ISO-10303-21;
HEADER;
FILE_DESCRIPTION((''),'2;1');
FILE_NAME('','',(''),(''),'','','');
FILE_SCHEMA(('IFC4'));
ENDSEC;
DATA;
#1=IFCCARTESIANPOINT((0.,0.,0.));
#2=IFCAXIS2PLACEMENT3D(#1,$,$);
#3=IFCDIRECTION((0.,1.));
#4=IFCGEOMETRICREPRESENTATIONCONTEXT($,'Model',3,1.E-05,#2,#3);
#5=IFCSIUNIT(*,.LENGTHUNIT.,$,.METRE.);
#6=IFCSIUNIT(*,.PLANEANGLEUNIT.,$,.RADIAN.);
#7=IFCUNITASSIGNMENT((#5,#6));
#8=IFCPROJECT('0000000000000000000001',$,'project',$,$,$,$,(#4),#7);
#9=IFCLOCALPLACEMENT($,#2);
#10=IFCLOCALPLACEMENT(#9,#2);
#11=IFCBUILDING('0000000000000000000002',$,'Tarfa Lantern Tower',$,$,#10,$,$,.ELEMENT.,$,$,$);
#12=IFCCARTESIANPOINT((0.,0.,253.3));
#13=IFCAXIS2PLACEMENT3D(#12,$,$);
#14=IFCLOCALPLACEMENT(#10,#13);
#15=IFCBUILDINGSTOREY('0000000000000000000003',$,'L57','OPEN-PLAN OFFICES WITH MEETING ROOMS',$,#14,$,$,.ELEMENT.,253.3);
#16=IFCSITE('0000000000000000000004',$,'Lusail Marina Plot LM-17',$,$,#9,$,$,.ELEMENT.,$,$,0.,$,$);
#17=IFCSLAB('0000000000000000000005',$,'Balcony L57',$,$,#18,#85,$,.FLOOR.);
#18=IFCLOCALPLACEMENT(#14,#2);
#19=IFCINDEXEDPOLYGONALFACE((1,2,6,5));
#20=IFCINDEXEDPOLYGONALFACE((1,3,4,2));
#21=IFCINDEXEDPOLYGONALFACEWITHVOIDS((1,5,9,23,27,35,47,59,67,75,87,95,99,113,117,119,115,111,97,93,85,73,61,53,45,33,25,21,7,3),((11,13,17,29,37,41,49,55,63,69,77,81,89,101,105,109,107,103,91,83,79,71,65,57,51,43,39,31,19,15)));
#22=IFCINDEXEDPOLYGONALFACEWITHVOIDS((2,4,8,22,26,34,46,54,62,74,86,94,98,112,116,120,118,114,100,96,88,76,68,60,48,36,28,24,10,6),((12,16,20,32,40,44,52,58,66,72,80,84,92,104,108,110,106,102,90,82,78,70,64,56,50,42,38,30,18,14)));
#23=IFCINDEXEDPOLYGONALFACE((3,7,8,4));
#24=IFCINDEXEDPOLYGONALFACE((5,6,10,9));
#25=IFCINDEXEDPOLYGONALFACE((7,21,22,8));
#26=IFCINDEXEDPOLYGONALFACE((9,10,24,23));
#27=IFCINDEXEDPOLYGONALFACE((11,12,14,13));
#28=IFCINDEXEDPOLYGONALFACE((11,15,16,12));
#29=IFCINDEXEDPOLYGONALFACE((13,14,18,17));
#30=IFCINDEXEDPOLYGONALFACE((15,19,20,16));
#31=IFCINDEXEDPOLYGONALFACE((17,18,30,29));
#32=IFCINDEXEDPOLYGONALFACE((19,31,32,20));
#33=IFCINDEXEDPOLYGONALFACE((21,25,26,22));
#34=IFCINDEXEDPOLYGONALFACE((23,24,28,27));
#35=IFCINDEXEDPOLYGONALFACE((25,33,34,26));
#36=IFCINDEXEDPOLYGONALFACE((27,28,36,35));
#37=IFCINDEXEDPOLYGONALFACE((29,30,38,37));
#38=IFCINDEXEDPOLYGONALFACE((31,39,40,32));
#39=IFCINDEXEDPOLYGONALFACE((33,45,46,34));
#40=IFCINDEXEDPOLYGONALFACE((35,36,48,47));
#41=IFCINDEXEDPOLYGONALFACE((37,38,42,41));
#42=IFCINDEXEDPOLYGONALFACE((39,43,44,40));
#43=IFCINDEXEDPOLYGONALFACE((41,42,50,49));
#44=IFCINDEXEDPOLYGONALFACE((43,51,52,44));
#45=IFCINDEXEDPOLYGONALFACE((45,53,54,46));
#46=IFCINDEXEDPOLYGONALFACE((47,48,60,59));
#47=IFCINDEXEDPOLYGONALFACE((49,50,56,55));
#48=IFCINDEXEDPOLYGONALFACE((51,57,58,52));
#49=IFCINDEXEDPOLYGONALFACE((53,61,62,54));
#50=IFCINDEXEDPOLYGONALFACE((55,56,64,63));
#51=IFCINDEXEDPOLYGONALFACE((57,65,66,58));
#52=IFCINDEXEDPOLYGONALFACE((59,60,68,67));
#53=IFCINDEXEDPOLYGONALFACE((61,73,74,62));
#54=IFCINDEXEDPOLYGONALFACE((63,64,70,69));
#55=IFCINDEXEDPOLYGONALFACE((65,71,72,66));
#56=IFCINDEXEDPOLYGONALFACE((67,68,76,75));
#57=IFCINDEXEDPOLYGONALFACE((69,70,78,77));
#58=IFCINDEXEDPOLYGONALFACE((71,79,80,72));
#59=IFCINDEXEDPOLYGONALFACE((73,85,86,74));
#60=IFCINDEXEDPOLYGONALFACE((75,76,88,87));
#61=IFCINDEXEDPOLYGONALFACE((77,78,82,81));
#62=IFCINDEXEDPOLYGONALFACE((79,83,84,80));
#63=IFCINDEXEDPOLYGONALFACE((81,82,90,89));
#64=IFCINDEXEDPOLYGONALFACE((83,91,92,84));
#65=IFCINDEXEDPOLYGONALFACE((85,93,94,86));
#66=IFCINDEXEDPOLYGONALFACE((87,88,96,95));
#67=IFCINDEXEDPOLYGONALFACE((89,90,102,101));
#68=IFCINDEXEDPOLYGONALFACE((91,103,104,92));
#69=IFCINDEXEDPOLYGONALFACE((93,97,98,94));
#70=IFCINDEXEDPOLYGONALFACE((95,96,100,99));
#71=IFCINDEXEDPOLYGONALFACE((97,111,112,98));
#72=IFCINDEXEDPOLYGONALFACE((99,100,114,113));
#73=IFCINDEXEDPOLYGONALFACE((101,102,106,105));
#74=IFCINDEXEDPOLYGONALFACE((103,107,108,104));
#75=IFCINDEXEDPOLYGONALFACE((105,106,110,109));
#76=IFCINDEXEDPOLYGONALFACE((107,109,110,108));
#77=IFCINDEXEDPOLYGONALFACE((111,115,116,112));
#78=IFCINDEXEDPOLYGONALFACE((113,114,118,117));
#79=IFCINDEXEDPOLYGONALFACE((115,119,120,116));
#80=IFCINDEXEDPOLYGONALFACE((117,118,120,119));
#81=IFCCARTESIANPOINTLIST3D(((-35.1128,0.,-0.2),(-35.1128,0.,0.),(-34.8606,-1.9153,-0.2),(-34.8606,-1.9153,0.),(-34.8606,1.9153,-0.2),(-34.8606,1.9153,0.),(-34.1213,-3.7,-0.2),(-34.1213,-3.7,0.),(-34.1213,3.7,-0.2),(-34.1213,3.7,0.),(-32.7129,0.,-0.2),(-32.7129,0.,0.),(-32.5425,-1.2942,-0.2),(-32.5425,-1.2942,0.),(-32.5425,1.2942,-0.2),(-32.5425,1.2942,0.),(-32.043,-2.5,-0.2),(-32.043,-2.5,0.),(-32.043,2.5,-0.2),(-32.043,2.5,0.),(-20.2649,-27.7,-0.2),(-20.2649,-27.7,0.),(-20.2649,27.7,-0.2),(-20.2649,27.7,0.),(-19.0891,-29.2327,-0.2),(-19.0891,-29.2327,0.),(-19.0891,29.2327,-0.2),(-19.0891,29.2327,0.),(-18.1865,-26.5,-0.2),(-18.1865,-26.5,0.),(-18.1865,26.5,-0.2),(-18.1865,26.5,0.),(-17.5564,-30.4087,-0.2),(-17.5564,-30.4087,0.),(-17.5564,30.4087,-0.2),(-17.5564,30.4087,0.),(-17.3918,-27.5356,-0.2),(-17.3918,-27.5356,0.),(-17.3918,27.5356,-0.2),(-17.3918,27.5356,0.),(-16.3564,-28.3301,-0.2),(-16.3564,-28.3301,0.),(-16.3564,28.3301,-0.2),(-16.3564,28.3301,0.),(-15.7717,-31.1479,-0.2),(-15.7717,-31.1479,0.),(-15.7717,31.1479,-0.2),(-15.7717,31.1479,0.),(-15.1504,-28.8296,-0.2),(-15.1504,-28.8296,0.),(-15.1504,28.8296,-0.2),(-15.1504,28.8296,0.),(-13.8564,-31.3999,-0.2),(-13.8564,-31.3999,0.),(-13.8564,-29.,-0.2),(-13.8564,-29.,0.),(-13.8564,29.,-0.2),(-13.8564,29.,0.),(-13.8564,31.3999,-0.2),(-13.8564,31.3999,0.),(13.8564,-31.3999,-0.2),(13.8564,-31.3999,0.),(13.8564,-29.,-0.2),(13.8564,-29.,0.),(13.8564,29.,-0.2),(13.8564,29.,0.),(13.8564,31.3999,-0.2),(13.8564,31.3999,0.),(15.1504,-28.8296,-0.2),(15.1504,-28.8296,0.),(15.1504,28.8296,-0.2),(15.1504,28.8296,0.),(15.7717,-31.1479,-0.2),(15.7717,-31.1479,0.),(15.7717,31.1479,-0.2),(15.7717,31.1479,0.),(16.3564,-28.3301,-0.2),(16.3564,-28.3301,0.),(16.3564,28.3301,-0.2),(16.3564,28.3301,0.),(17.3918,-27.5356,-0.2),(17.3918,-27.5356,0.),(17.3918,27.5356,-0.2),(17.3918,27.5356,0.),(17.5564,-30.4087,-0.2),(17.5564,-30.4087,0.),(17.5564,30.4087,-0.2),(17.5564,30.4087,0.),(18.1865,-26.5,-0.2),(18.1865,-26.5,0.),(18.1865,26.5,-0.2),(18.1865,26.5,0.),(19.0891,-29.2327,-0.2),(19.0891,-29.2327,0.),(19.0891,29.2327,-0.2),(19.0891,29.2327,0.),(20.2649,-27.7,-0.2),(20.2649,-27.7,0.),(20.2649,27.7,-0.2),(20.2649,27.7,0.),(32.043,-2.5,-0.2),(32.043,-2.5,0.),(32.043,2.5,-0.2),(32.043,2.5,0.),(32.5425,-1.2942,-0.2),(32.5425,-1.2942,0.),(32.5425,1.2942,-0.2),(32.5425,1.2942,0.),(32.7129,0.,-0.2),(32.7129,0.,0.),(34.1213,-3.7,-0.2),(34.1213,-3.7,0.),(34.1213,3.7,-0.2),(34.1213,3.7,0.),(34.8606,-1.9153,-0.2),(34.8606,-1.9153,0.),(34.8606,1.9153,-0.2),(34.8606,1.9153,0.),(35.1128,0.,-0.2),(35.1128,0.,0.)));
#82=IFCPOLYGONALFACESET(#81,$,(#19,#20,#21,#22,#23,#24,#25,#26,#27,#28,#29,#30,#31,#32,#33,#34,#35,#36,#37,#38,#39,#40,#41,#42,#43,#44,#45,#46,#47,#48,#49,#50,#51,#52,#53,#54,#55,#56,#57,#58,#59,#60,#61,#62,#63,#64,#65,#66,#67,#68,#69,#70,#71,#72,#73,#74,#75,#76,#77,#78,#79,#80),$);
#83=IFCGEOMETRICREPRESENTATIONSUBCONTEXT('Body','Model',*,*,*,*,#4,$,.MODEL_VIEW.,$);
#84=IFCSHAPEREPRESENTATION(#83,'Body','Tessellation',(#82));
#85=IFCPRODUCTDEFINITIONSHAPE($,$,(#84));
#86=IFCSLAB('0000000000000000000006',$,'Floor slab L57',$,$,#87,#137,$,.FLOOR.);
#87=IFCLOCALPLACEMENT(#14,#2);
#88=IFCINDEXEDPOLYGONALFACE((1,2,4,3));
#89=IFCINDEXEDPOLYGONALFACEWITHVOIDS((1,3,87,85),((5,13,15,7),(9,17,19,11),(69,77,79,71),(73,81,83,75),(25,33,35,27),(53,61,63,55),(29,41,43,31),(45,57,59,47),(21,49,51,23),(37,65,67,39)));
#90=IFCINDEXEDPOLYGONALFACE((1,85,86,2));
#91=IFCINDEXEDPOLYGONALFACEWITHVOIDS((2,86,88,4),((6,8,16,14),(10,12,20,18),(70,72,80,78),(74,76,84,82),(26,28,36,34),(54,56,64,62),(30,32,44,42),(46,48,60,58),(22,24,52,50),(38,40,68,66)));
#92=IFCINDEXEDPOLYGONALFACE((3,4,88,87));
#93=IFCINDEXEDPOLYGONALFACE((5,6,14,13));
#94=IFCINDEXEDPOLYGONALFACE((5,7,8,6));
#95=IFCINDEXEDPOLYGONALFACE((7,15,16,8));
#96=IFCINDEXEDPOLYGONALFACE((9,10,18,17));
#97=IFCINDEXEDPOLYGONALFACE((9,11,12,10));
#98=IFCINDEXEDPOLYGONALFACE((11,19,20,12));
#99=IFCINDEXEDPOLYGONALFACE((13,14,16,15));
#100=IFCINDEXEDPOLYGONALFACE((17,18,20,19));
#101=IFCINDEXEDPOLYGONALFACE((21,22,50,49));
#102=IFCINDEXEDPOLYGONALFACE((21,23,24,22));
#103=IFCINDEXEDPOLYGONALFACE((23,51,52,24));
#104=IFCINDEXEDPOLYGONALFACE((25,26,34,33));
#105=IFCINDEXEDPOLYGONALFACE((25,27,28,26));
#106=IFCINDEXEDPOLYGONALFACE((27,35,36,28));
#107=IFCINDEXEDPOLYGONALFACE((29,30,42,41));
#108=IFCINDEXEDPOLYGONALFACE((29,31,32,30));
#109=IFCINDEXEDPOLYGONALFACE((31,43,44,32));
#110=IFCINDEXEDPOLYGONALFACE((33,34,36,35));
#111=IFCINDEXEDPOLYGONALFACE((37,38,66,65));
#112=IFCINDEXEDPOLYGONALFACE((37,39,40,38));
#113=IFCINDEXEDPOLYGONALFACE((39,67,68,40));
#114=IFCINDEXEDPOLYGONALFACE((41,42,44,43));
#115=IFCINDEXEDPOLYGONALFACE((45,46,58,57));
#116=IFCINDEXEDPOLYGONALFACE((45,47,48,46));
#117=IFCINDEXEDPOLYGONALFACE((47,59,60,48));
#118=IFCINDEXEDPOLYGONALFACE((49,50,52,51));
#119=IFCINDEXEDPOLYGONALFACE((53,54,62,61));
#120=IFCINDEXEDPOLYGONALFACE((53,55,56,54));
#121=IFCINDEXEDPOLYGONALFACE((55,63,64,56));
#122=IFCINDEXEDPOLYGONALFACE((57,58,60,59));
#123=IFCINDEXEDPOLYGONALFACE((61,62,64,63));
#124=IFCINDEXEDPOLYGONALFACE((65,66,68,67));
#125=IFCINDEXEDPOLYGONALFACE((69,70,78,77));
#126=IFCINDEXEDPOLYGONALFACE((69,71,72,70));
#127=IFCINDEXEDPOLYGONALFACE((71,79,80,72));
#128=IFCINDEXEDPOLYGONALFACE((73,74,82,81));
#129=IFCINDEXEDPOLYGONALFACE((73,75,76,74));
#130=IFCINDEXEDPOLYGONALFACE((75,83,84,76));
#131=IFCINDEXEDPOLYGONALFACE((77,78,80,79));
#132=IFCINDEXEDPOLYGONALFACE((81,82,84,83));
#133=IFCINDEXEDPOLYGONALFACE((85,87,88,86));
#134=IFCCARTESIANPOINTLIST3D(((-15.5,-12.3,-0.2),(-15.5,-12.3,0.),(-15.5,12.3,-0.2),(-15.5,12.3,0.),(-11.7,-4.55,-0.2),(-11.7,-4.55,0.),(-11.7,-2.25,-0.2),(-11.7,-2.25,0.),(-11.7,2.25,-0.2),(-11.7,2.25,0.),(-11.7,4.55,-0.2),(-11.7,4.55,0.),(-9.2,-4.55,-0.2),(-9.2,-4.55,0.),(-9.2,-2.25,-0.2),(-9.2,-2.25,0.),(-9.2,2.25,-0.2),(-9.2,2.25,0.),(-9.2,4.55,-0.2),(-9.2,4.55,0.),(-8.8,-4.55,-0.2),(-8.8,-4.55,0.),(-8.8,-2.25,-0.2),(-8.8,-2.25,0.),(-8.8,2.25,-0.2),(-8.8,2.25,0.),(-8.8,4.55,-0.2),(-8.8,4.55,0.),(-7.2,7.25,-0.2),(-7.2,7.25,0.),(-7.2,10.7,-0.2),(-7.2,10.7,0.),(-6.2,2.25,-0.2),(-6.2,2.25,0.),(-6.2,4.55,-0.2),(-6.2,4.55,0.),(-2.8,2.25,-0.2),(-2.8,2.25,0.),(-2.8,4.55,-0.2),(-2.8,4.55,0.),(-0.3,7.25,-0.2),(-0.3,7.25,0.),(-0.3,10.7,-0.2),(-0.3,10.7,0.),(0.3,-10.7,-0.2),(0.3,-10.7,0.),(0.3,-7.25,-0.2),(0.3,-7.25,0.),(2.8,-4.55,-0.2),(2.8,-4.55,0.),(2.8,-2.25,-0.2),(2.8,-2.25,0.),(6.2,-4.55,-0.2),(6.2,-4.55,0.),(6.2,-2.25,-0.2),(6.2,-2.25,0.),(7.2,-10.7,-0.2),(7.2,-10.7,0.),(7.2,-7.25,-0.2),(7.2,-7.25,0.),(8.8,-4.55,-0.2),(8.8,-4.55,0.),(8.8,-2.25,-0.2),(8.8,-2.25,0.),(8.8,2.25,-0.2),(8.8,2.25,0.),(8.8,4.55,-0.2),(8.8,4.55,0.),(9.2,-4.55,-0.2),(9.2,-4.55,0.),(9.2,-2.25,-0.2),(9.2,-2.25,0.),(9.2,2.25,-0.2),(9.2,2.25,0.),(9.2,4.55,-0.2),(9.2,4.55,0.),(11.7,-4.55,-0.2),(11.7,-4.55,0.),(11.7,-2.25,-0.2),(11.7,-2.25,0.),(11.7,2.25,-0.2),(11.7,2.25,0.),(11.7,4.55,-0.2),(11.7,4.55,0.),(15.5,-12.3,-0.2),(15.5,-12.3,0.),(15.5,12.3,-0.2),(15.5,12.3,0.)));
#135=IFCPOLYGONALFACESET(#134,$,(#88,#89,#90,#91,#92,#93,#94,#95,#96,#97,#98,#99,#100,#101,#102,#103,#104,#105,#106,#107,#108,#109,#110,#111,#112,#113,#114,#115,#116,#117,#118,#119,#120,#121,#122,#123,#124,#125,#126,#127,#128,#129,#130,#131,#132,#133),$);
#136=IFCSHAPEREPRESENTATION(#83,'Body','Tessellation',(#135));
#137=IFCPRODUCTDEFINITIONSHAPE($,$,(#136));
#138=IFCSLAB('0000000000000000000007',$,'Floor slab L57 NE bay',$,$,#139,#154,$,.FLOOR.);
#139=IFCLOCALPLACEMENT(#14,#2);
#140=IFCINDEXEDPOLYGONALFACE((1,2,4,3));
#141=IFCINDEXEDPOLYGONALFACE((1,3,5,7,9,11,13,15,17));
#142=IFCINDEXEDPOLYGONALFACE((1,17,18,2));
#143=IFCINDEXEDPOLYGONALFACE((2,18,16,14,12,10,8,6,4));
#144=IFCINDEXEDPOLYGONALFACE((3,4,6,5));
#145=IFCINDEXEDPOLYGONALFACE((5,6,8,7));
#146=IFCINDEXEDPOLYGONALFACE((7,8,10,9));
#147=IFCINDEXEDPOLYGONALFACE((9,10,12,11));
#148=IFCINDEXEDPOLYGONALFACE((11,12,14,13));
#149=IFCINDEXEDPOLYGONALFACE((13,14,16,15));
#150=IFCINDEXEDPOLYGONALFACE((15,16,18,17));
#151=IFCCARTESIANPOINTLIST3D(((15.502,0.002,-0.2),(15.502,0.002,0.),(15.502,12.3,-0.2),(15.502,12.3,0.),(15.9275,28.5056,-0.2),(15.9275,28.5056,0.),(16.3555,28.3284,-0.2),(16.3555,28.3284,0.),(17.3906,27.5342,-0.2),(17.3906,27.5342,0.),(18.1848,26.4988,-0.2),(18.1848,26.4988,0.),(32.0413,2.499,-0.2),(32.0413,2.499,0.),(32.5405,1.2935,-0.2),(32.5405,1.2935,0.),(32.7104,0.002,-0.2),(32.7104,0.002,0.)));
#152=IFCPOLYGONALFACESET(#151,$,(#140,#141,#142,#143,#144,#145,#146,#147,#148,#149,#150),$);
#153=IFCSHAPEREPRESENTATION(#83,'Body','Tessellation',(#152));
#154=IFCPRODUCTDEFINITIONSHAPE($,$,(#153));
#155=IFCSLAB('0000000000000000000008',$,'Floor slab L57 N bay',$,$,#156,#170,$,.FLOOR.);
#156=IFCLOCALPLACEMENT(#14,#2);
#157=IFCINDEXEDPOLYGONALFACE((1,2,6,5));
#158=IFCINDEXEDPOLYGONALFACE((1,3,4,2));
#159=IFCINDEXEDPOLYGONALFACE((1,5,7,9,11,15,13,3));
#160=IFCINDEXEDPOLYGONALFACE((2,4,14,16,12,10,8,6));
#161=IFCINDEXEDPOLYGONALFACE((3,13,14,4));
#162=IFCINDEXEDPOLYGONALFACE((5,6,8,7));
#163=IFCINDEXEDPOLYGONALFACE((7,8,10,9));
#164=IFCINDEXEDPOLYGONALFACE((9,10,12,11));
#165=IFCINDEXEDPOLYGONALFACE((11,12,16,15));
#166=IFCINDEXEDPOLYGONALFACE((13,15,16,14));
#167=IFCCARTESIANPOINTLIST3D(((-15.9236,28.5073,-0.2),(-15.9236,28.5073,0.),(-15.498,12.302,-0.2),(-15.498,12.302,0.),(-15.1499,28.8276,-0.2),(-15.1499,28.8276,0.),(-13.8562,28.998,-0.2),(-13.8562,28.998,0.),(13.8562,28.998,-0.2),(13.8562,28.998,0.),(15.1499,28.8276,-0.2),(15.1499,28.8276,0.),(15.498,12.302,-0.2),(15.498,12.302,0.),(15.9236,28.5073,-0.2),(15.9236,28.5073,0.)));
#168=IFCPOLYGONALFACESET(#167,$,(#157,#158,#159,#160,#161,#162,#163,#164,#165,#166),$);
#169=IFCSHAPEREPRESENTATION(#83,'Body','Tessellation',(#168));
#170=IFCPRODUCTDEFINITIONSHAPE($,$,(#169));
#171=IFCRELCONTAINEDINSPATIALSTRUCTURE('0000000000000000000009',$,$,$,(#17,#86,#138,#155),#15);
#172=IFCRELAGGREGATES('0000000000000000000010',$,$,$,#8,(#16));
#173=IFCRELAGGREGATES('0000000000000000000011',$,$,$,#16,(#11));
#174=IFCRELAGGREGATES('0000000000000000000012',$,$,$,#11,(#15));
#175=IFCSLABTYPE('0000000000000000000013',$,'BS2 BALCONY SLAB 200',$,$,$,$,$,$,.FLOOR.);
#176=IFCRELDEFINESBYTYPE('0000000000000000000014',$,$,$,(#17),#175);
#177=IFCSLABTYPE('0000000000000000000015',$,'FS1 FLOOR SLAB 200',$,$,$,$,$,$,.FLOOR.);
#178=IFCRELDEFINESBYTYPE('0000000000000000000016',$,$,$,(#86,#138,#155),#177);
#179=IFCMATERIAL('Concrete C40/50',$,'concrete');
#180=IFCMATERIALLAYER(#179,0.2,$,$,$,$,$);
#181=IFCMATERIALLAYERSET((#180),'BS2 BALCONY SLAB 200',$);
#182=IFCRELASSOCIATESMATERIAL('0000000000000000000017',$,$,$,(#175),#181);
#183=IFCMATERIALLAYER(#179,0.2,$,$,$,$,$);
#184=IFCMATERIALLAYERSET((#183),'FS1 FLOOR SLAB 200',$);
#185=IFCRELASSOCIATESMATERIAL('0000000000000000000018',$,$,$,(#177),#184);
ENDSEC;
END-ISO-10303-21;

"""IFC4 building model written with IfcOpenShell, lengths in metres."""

from ifc_helpers import new_model, si_unit, direction, frame, origin, place, context, subcontext, project, spatial, polyline, outline, extrude, material, layer, layer_set, type_object, element, save


model = new_model("IFC4")

# Units and contexts
model_context = context("Model", 3, precision=1e-05, world=origin(), true_north=direction((0.0, 1.0)))
body_context = subcontext(model_context, "Body", "Model", "MODEL_VIEW")
ifc_project = project(units=[si_unit("LENGTHUNIT", "METRE"), si_unit("PLANEANGLEUNIT", "RADIAN")], contexts=[model_context])

# Site, building, storey
site_placement = place(None, origin())
site = spatial("IfcSite", under=ifc_project, at=site_placement, Name="Lusail Marina Plot LM-17", CompositionType="ELEMENT", RefElevation=0.0)
building_placement = place(site_placement, origin())
building = spatial("IfcBuilding", under=site, at=building_placement, Name="Tarfa Lantern Tower", CompositionType="ELEMENT")
storey_placement = place(building_placement, frame((0.0, 0.0, 253.3)))
storey = spatial("IfcBuildingStorey", under=building, at=storey_placement, Name="L57", Description="OPEN-PLAN OFFICES WITH MEETING ROOMS", CompositionType="ELEMENT", Elevation=253.3)

# Slabs
ifc_material_1 = material(Name="Concrete C40/50", Category="concrete")
ifc_layer_1 = layer(ifc_material_1, 0.2)
ifc_layer_set_1 = layer_set([ifc_layer_1], Name="BS2 BALCONY SLAB 200")
slab_type_1 = type_object("IfcSlabType", Name="BS2 BALCONY SLAB 200", PredefinedType="FLOOR", material=ifc_layer_set_1)
slab_1_placement = place(storey_placement, frame((0.0, 0.0, -0.2)))
element("IfcSlab", 1, at=slab_1_placement, inside=storey, type_object=slab_type_1, Name="Balcony L57", PredefinedType="FLOOR", context=body_context, shape_type="SweptSolid", body=[
    extrude(outline(polyline([(34.1213, 3.7), (20.2649, 27.7), (19.0891, 29.2327), (17.5564, 30.4087), (15.7717, 31.1479), (13.8564, 31.3999), (-13.8564, 31.3999), (-15.7717, 31.1479), (-17.5564, 30.4087), (-19.0891, 29.2327), (-20.2649, 27.7), (-34.1213, 3.7), (-34.8606, 1.9153), (-35.1128, 0.0), (-34.8606, -1.9153), (-34.1213, -3.7), (-20.2649, -27.7), (-19.0891, -29.2327), (-17.5564, -30.4087), (-15.7717, -31.1479), (-13.8564, -31.3999), (13.8564, -31.3999), (15.7717, -31.1479), (17.5564, -30.4087), (19.0891, -29.2327), (20.2649, -27.7), (34.1213, -3.7), (34.8606, -1.9153), (35.1128, 0.0), (34.8606, 1.9153), (34.1213, 3.7)]), holes=[polyline([(32.043, 2.5), (18.1865, 26.5), (17.3918, 27.5356), (16.3564, 28.3301), (15.1504, 28.8296), (13.8564, 29.0), (-13.8564, 29.0), (-15.1504, 28.8296), (-16.3564, 28.3301), (-17.3918, 27.5356), (-18.1865, 26.5), (-32.043, 2.5), (-32.5425, 1.2942), (-32.7129, 0.0), (-32.5425, -1.2942), (-32.043, -2.5), (-18.1865, -26.5), (-17.3918, -27.5356), (-16.3564, -28.3301), (-15.1504, -28.8296), (-13.8564, -29.0), (13.8564, -29.0), (15.1504, -28.8296), (16.3564, -28.3301), (17.3918, -27.5356), (18.1865, -26.5), (32.043, -2.5), (32.5425, -1.2942), (32.7129, 0.0), (32.5425, 1.2942), (32.043, 2.5)])]), origin(), (0.0, 0.0, 1.0), 0.2),
])
ifc_layer_2 = layer(ifc_material_1, 0.2)
ifc_layer_set_2 = layer_set([ifc_layer_2], Name="FS1 FLOOR SLAB 200")
slab_type_2 = type_object("IfcSlabType", Name="FS1 FLOOR SLAB 200", PredefinedType="FLOOR", material=ifc_layer_set_2)
slab_2_placement = place(storey_placement, frame((0.0, 0.0, -0.2)))
element("IfcSlab", 2, at=slab_2_placement, inside=storey, type_object=slab_type_2, Name="Floor slab L57", PredefinedType="FLOOR", context=body_context, shape_type="SweptSolid", body=[
    extrude(outline(polyline([(-15.5, -12.3), (15.5, -12.3), (15.5, 12.3), (-15.5, 12.3), (-15.5, -12.3)]), holes=[polyline([(-11.7, 2.25), (-9.2, 2.25), (-9.2, 4.55), (-11.7, 4.55), (-11.7, 2.25)]), polyline([(-8.8, 2.25), (-6.2, 2.25), (-6.2, 4.55), (-8.8, 4.55), (-8.8, 2.25)]), polyline([(-2.8, 2.25), (8.8, 2.25), (8.8, 4.55), (-2.8, 4.55), (-2.8, 2.25)]), polyline([(9.2, 2.25), (11.7, 2.25), (11.7, 4.55), (9.2, 4.55), (9.2, 2.25)]), polyline([(11.7, -2.25), (9.2, -2.25), (9.2, -4.55), (11.7, -4.55), (11.7, -2.25)]), polyline([(8.8, -2.25), (6.2, -2.25), (6.2, -4.55), (8.8, -4.55), (8.8, -2.25)]), polyline([(2.8, -2.25), (-8.8, -2.25), (-8.8, -4.55), (2.8, -4.55), (2.8, -2.25)]), polyline([(-9.2, -2.25), (-11.7, -2.25), (-11.7, -4.55), (-9.2, -4.55), (-9.2, -2.25)]), polyline([(-7.2, 7.25), (-0.3, 7.25), (-0.3, 10.7), (-7.2, 10.7), (-7.2, 7.25)]), polyline([(7.2, -7.25), (0.3, -7.25), (0.3, -10.7), (7.2, -10.7), (7.2, -7.25)])]), origin(), (0.0, 0.0, 1.0), 0.2),
])
slab_3_placement = place(storey_placement, frame((0.0, 0.0, -0.2)))
element("IfcSlab", 3, at=slab_3_placement, inside=storey, type_object=slab_type_2, Name="Floor slab L57 NE bay", PredefinedType="FLOOR", context=body_context, shape_type="SweptSolid", body=[
    extrude(outline(polyline([(32.0413, 2.499), (18.1848, 26.4988), (17.3906, 27.5342), (16.3555, 28.3284), (15.9275, 28.5056), (15.502, 12.3), (15.502, 0.002), (32.7104, 0.002), (32.5405, 1.2935), (32.0413, 2.499)])), origin(), (0.0, 0.0, 1.0), 0.2),
])
slab_4_placement = place(storey_placement, frame((0.0, 0.0, -0.2)))
element("IfcSlab", 4, at=slab_4_placement, inside=storey, type_object=slab_type_2, Name="Floor slab L57 N bay", PredefinedType="FLOOR", context=body_context, shape_type="SweptSolid", body=[
    extrude(outline(polyline([(-15.498, 12.302), (15.498, 12.302), (15.9236, 28.5073), (15.1499, 28.8276), (13.8562, 28.998), (-13.8562, 28.998), (-15.1499, 28.8276), (-15.9236, 28.5073), (-15.498, 12.302)])), origin(), (0.0, 0.0, 1.0), 0.2),
])

save(model, "model.ifc")
